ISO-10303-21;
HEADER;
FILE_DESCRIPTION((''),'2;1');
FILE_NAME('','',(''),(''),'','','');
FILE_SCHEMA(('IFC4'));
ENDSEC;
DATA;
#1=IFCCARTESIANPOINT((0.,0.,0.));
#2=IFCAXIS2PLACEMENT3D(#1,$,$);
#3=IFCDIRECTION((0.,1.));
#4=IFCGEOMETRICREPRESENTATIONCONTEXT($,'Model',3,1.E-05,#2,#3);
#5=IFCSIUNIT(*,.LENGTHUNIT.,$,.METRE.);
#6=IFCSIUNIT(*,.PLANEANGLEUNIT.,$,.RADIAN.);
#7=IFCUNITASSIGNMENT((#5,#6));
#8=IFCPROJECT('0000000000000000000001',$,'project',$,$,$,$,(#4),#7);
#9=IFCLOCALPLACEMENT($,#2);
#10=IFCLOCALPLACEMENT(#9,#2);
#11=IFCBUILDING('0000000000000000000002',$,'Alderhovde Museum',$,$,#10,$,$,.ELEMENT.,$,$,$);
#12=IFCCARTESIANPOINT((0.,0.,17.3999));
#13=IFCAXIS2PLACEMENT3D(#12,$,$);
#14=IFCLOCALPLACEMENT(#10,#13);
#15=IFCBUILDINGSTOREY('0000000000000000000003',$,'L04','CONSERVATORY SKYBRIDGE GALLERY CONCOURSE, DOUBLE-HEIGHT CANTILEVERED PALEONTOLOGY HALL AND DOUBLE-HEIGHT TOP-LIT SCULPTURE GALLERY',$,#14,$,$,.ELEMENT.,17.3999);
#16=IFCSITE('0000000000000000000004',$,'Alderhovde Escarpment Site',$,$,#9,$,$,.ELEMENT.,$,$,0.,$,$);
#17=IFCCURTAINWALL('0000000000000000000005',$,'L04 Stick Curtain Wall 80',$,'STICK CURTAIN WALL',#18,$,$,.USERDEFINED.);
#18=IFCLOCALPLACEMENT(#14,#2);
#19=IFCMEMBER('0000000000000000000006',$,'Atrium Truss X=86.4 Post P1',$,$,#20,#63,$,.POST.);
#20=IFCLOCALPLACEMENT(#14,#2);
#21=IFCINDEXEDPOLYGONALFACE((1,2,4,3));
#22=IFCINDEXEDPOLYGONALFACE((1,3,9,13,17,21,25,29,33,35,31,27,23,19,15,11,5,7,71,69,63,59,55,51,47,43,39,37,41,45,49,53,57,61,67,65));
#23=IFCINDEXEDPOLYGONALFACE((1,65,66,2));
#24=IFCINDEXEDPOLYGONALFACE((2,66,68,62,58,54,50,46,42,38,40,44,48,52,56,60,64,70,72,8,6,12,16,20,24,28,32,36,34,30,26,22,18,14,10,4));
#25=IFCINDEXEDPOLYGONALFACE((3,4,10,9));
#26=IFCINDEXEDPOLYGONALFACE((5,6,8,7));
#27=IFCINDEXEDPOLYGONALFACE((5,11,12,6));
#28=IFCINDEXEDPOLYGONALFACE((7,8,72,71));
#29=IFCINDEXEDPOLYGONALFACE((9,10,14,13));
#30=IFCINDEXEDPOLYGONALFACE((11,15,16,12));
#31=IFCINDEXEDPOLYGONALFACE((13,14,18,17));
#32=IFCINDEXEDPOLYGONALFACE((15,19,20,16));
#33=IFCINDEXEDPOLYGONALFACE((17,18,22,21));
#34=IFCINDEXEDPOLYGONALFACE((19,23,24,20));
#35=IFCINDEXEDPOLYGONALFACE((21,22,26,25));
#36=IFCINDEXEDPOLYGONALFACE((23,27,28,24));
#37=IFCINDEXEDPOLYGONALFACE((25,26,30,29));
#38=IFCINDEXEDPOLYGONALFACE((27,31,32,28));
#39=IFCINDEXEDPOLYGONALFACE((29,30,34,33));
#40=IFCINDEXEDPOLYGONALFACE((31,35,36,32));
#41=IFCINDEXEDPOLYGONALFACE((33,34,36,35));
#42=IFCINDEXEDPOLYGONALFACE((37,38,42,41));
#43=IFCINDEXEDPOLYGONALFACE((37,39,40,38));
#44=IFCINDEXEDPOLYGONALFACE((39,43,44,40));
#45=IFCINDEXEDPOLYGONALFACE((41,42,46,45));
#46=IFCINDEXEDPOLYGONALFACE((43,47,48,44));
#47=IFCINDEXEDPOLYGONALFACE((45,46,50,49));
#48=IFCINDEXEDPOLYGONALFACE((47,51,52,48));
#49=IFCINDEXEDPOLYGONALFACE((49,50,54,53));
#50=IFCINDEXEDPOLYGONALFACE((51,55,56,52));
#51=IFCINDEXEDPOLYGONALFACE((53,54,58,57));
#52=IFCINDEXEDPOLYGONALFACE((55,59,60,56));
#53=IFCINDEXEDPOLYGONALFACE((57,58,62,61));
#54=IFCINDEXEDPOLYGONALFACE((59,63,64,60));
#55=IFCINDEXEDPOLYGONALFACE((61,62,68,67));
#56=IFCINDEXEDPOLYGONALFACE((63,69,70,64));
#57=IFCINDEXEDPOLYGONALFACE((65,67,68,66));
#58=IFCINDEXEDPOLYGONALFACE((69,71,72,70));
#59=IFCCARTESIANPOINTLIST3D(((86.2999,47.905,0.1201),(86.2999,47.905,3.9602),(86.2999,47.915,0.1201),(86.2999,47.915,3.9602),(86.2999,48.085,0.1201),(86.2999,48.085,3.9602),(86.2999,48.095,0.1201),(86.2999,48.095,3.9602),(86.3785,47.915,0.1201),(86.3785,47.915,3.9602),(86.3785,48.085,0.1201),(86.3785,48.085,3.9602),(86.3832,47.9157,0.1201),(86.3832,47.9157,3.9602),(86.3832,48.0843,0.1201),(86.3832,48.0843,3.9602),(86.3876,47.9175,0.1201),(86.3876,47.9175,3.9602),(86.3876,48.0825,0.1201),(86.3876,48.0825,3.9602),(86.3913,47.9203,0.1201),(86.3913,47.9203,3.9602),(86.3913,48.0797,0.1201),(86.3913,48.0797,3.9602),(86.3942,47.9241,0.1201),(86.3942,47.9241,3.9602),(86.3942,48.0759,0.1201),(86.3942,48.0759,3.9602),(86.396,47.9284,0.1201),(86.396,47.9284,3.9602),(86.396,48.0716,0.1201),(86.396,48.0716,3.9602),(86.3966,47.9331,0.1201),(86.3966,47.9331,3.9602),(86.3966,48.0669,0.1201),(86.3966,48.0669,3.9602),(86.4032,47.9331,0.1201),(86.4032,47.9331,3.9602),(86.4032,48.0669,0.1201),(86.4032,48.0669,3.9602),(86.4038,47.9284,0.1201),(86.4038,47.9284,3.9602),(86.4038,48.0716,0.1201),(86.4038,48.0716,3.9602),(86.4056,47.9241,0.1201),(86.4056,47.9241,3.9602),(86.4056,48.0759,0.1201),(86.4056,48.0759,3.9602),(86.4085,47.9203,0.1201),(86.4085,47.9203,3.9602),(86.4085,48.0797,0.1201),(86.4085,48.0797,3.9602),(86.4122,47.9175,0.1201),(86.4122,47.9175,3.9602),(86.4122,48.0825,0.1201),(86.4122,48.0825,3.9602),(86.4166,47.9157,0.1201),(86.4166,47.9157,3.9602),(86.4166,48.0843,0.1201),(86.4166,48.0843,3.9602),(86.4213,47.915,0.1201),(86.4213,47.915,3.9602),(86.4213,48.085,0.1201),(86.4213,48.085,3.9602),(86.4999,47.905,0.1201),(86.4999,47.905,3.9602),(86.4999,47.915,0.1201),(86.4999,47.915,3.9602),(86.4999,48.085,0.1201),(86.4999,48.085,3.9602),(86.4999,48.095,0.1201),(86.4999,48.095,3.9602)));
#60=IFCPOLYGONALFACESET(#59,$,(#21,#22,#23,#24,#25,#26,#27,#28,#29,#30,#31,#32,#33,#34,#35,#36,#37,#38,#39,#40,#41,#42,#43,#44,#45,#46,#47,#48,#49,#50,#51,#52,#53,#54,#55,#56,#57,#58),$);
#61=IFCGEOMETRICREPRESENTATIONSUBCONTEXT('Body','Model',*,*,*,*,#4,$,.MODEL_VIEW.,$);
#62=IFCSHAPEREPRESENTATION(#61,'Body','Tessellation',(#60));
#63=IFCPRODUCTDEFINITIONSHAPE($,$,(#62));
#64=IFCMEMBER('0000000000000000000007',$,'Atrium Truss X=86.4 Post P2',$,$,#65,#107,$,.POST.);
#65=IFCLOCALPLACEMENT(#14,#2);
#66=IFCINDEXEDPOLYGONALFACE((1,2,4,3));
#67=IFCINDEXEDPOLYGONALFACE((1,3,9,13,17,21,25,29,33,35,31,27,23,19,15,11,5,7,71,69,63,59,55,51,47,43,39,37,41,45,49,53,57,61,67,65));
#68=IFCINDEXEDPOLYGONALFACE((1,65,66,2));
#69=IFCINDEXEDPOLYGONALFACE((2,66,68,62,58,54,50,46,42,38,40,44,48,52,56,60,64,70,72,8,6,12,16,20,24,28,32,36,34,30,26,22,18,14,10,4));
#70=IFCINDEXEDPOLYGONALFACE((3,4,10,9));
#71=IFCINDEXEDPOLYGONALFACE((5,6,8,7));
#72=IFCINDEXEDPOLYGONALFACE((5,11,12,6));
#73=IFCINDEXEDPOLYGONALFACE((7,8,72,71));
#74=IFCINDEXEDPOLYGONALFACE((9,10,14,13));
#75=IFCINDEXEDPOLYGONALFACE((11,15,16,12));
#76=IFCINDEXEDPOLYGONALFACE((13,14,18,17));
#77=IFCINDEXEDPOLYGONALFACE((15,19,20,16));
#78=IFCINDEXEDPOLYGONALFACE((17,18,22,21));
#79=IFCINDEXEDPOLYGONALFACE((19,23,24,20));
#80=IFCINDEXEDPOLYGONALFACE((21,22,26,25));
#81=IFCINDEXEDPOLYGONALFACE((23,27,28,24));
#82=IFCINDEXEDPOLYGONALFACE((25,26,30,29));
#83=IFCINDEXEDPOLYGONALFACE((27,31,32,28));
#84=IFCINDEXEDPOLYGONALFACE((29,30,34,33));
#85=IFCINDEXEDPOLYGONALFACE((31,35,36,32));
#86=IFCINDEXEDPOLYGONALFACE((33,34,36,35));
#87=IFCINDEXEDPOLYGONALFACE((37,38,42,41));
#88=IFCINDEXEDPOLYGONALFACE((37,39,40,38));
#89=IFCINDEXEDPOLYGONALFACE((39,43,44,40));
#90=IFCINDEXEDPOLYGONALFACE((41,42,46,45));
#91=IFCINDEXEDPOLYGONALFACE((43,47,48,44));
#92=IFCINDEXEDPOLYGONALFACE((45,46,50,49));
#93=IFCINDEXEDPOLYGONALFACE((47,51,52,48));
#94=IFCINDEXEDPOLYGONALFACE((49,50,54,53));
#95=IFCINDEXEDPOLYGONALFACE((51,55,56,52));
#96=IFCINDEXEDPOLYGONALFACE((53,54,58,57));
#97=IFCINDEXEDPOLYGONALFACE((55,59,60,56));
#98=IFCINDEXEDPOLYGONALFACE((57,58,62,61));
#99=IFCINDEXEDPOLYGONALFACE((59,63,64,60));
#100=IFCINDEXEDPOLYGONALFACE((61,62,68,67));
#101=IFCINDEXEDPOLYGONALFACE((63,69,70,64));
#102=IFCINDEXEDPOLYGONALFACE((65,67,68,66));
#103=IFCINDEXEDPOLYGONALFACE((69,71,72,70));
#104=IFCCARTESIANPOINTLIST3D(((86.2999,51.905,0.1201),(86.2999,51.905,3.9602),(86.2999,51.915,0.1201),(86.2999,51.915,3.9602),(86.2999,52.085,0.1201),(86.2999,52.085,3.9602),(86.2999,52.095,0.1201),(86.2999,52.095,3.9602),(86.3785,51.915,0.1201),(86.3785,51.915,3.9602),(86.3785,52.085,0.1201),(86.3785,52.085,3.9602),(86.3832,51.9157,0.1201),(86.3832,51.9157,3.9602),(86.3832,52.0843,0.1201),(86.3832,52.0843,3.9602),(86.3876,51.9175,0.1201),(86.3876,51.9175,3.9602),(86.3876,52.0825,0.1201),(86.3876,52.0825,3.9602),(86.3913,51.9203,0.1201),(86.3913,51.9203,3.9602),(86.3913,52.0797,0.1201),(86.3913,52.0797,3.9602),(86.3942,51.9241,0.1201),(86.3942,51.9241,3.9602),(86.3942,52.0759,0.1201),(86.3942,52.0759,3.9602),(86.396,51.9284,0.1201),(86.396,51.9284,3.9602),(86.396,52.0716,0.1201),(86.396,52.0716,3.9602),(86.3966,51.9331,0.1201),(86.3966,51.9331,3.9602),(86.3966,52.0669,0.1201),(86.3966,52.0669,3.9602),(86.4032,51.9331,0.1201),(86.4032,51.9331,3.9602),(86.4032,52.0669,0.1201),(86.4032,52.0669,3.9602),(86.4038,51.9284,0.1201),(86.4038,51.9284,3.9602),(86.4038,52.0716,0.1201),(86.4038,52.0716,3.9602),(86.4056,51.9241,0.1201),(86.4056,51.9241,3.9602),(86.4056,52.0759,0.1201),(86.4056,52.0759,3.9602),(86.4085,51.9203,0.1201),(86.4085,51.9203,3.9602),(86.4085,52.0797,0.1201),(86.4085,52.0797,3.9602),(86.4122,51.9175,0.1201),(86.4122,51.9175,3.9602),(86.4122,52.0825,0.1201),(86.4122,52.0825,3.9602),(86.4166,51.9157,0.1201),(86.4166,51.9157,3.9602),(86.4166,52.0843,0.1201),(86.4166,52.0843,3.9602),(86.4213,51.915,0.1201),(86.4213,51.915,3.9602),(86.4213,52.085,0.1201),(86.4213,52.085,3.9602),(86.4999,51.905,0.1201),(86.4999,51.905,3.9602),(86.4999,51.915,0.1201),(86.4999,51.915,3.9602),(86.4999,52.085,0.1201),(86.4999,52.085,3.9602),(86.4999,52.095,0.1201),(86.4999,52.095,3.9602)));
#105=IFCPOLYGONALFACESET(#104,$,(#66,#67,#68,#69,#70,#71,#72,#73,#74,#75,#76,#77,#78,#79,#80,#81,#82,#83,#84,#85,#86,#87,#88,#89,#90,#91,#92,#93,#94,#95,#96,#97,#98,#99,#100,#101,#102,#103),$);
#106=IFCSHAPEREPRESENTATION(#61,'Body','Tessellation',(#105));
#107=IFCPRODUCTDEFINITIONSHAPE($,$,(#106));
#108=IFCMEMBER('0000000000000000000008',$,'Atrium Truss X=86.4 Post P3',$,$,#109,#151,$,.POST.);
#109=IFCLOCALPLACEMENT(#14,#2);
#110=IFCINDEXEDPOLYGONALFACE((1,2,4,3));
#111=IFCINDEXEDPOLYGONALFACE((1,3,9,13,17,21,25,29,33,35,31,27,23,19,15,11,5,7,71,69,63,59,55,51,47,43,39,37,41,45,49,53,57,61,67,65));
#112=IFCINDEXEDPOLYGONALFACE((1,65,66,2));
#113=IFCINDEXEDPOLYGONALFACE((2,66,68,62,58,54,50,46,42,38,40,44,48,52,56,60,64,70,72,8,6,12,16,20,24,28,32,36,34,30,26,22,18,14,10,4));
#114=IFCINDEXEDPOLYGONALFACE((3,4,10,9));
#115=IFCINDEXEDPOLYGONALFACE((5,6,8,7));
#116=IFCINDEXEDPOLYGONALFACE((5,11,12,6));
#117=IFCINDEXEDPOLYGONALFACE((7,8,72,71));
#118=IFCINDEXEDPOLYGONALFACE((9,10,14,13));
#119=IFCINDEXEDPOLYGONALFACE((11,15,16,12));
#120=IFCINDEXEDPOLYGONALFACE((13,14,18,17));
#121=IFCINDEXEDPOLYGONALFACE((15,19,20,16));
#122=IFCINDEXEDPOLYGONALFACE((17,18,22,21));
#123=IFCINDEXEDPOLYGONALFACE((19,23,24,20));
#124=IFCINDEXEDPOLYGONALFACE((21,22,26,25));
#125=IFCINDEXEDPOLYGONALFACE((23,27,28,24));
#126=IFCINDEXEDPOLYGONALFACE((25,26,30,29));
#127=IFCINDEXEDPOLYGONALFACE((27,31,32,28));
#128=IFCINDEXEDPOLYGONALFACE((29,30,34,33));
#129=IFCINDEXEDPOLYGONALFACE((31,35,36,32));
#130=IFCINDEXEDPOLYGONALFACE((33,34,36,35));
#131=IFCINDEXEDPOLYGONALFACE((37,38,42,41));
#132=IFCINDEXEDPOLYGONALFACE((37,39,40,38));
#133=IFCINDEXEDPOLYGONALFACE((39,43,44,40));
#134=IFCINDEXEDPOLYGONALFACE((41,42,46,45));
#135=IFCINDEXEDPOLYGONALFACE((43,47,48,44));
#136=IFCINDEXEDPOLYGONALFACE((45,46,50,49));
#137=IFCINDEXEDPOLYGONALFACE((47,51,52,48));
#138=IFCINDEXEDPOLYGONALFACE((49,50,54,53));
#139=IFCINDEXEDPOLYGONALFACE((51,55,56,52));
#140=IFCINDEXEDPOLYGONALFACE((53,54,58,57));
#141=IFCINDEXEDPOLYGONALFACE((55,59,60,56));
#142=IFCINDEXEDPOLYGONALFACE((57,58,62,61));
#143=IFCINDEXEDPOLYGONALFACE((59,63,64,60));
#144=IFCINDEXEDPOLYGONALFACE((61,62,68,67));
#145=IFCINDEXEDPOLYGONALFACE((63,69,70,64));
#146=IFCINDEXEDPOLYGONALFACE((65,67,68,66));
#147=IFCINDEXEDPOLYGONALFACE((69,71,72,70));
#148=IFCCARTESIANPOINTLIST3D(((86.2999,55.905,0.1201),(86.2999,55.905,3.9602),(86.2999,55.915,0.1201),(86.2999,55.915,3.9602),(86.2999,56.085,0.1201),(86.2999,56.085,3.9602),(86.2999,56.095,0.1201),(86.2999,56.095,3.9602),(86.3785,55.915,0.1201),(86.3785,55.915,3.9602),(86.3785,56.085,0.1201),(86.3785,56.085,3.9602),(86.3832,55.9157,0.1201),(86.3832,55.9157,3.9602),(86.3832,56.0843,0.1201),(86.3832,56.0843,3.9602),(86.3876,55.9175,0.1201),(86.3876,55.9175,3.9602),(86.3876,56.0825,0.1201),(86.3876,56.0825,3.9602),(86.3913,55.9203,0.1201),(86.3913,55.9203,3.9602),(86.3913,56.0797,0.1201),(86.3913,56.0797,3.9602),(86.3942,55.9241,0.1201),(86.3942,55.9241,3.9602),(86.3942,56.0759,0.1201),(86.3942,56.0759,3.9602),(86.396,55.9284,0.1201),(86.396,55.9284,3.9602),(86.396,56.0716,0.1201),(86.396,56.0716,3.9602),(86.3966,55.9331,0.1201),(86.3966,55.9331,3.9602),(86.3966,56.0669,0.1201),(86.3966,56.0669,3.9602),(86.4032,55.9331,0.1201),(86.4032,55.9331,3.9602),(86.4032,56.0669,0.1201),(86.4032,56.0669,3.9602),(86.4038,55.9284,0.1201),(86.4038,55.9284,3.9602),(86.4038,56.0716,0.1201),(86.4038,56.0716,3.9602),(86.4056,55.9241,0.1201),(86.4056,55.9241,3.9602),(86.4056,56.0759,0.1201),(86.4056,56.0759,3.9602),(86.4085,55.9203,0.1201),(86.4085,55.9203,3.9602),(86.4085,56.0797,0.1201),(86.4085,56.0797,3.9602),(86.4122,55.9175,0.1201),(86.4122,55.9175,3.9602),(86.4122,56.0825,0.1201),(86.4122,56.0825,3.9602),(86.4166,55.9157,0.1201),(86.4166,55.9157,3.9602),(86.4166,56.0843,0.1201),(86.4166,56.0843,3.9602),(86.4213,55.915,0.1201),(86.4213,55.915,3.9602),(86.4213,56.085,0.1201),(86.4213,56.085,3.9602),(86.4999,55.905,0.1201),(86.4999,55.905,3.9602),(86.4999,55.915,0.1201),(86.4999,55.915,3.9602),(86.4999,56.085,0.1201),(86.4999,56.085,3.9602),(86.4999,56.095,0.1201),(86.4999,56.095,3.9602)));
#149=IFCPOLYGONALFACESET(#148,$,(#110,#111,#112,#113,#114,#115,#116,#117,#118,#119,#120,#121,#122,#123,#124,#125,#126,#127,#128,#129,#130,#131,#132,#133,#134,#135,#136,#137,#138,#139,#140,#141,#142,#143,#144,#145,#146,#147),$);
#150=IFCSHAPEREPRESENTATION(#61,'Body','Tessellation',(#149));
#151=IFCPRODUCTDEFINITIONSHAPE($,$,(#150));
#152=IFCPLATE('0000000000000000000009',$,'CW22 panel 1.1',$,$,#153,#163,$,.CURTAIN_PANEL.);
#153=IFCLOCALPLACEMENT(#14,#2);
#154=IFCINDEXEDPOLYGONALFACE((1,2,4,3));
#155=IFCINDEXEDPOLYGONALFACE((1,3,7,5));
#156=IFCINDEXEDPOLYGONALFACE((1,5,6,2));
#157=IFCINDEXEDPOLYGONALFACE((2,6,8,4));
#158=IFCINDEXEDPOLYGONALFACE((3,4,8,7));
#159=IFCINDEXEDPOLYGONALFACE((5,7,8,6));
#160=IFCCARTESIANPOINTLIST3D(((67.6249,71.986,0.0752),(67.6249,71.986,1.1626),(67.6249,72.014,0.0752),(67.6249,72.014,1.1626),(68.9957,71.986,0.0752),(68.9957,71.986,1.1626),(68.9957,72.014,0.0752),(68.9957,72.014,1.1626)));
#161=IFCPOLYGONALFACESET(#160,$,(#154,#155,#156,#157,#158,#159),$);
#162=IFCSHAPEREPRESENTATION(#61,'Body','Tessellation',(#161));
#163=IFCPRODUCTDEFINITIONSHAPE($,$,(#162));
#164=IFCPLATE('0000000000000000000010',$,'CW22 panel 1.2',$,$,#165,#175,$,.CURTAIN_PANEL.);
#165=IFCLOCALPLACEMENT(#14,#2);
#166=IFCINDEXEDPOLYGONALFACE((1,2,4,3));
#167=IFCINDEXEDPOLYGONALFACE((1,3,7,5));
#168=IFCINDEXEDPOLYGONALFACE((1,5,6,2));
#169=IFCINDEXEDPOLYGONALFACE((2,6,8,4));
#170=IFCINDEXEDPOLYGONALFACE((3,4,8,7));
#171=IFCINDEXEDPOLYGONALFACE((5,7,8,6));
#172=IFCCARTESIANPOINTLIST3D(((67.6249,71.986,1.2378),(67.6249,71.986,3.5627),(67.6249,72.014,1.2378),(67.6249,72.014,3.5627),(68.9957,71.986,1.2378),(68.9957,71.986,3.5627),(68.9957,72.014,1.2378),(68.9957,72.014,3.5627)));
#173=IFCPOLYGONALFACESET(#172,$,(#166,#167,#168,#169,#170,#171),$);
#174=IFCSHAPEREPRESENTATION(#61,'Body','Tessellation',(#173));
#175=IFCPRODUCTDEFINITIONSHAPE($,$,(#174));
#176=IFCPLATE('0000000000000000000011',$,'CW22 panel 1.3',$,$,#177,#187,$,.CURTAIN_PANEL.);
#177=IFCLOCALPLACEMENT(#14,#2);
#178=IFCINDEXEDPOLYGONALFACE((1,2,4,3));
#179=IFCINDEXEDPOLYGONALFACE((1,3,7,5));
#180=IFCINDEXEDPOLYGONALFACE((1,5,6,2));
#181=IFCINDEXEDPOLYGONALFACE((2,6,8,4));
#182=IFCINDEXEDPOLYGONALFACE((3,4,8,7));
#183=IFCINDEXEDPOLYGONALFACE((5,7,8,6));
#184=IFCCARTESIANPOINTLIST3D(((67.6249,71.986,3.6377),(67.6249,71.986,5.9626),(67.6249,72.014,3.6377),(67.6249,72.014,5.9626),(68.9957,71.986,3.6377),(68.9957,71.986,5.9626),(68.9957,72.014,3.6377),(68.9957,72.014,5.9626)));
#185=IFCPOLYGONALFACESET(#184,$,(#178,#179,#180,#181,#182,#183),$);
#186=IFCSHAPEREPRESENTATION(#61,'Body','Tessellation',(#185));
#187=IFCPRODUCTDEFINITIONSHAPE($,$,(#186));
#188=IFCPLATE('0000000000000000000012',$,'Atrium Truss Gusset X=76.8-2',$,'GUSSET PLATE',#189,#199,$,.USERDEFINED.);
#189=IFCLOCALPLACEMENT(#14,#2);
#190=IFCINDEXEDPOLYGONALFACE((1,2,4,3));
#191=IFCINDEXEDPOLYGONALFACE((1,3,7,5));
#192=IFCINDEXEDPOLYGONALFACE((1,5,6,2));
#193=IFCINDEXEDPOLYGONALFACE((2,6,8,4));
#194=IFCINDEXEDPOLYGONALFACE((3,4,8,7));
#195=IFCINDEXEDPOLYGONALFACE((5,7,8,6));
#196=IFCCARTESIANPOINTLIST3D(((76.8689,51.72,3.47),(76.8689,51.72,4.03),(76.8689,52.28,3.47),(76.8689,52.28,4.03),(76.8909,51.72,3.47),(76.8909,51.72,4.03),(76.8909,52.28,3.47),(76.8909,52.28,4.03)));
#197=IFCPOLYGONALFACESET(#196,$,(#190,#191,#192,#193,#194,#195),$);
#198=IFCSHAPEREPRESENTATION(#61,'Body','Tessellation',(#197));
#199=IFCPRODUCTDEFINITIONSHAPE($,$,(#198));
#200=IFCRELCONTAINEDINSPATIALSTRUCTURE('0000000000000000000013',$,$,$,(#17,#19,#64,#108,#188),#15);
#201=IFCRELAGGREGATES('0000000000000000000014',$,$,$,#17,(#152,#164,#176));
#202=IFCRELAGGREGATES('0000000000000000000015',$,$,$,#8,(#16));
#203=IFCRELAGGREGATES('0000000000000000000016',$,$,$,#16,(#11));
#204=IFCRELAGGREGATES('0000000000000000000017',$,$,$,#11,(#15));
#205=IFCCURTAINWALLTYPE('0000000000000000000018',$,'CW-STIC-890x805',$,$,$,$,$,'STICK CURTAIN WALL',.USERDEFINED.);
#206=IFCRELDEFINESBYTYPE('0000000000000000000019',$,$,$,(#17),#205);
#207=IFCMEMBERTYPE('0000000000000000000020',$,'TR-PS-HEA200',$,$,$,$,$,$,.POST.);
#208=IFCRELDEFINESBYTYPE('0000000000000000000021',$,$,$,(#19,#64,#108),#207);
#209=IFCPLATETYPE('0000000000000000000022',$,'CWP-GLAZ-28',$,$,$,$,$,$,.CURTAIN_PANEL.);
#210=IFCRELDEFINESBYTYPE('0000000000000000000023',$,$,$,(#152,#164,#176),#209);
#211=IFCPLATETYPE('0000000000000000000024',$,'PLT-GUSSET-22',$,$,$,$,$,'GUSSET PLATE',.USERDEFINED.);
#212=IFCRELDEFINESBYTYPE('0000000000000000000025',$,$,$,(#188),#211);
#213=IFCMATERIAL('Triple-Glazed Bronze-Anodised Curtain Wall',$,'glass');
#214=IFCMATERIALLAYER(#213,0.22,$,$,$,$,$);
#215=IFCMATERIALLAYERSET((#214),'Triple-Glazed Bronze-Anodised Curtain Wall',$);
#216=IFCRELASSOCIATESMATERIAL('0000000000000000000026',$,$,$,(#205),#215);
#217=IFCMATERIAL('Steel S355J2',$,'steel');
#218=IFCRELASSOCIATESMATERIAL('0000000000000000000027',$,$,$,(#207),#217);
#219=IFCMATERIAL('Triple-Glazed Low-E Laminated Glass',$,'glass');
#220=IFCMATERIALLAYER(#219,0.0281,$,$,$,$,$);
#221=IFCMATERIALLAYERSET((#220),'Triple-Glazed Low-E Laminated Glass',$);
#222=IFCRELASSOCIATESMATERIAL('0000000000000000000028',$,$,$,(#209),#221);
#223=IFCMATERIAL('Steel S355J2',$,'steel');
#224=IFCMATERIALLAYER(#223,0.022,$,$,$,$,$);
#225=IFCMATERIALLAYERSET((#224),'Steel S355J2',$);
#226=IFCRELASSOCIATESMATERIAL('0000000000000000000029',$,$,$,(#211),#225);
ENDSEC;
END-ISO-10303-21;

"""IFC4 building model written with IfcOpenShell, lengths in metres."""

from ifc_helpers import new_model, si_unit, direction, frame, origin, origin_2d, place, context, subcontext, project, spatial, rectangle, i_section, extrude, material, layer, layer_set, material_profile, profile_set, type_object, element, aggregate, save


model = new_model("IFC4")

# Units and contexts
model_context = context("Model", 3, precision=1e-05, world=origin(), true_north=direction((0.0, 1.0)))
body_context = subcontext(model_context, "Body", "Model", "MODEL_VIEW")
ifc_project = project(units=[si_unit("LENGTHUNIT", "METRE"), si_unit("PLANEANGLEUNIT", "RADIAN")], contexts=[model_context])

# Site, building, storey
site_placement = place(None, origin())
site = spatial("IfcSite", under=ifc_project, at=site_placement, Name="Alderhovde Escarpment Site", CompositionType="ELEMENT", RefElevation=0.0)
building_placement = place(site_placement, origin())
building = spatial("IfcBuilding", under=site, at=building_placement, Name="Alderhovde Museum", CompositionType="ELEMENT")
storey_placement = place(building_placement, frame((0.0, 0.0, 17.3999)))
storey = spatial("IfcBuildingStorey", under=building, at=storey_placement, Name="L04", Description="CONSERVATORY SKYBRIDGE GALLERY CONCOURSE, DOUBLE-HEIGHT CANTILEVERED PALEONTOLOGY HALL AND DOUBLE-HEIGHT TOP-LIT SCULPTURE GALLERY", CompositionType="ELEMENT", Elevation=17.3999)

# Curtain wall
ifc_material_1 = material(Name="Triple-Glazed Bronze-Anodised Curtain Wall", Category="glass")
ifc_layer_1 = layer(ifc_material_1, 0.22)
ifc_layer_set_1 = layer_set([ifc_layer_1], Name="Triple-Glazed Bronze-Anodised Curtain Wall")
curtain_wall_type = type_object("IfcCurtainWallType", Name="CW-STIC-890x805", ElementType="STICK CURTAIN WALL", PredefinedType="USERDEFINED", material=ifc_layer_set_1)
curtain_wall_placement = place(storey_placement, origin())
curtain_wall = element("IfcCurtainWall", 1, at=curtain_wall_placement, inside=storey, type_object=curtain_wall_type, Name="L04 Stick Curtain Wall 80", ObjectType="STICK CURTAIN WALL", PredefinedType="USERDEFINED")

# Members
ifc_material_2 = material(Name="Steel S355J2", Category="steel")
ifc_material_profile_1 = material_profile(ifc_material_2, i_section(OverallWidth=0.2, OverallDepth=0.1899, WebThickness=0.0066, FlangeThickness=0.01, FilletRadius=0.0181, at=origin_2d()), Name="HEA 200")
ifc_profile_set_1 = profile_set([ifc_material_profile_1], Name="Steel S355J2")
member_type_1 = type_object("IfcMemberType", Name="TR-PS-HEA200", PredefinedType="POST", material=ifc_profile_set_1)
for number, where, z_axis, x_axis, name in (
    (2, (86.3999, 48.0, 0.1201), (0.0, 0.0, 1.0), (1.0, 0.0, 0.0), "Atrium Truss X=86.4 Post P1"),
    (3, (86.3999, 52.0, 0.1201), (0.0, 0.0, 1.0), (1.0, 0.0, 0.0), "Atrium Truss X=86.4 Post P2"),
    (4, (86.3999, 56.0, 0.1201), (0.0, 0.0, 1.0), (1.0, 0.0, 0.0), "Atrium Truss X=86.4 Post P3"),
):
    element("IfcMember", number, at=place(storey_placement, frame(where, z_axis=z_axis, x_axis=x_axis)), inside=storey, type_object=member_type_1, Name=name, PredefinedType="POST", context=body_context, shape_type="SweptSolid", body=[
        extrude(i_section(OverallWidth=0.2, OverallDepth=0.1899, WebThickness=0.0066, FlangeThickness=0.01, FilletRadius=0.0181, at=origin_2d()), origin(), (0.0, 0.0, 1.0), 3.8401),
    ])

# Plates
ifc_material_3 = material(Name="Triple-Glazed Low-E Laminated Glass", Category="glass")
ifc_layer_2 = layer(ifc_material_3, 0.0281)
ifc_layer_set_2 = layer_set([ifc_layer_2], Name="Triple-Glazed Low-E Laminated Glass")
plate_type_1 = type_object("IfcPlateType", Name="CWP-GLAZ-28", PredefinedType="CURTAIN_PANEL", material=ifc_layer_set_2)
plate_1_placement = place(storey_placement, frame((68.3103, 72.0, 0.0752), z_axis=(0.0, 0.0, 1.0), x_axis=(1.0, 0.0, 0.0)))
plate_1 = element("IfcPlate", 5, at=plate_1_placement, type_object=plate_type_1, Name="CW22 panel 1.1", PredefinedType="CURTAIN_PANEL", context=body_context, shape_type="SweptSolid", body=[
    extrude(rectangle(XDim=1.3708, YDim=0.0281, at=origin_2d()), origin(), (0.0, 0.0, 1.0), 1.0874),
])
plate_2_placement = place(storey_placement, frame((68.3103, 72.0, 1.2378), z_axis=(0.0, 0.0, 1.0), x_axis=(1.0, 0.0, 0.0)))
plate_2 = element("IfcPlate", 6, at=plate_2_placement, type_object=plate_type_1, Name="CW22 panel 1.2", PredefinedType="CURTAIN_PANEL", context=body_context, shape_type="SweptSolid", body=[
    extrude(rectangle(XDim=1.3708, YDim=0.0281, at=origin_2d()), origin(), (0.0, 0.0, 1.0), 2.325),
])
plate_3_placement = place(storey_placement, frame((68.3103, 72.0, 3.6377), z_axis=(0.0, 0.0, 1.0), x_axis=(1.0, 0.0, 0.0)))
plate_3 = element("IfcPlate", 7, at=plate_3_placement, type_object=plate_type_1, Name="CW22 panel 1.3", PredefinedType="CURTAIN_PANEL", context=body_context, shape_type="SweptSolid", body=[
    extrude(rectangle(XDim=1.3708, YDim=0.0281, at=origin_2d()), origin(), (0.0, 0.0, 1.0), 2.325),
])
aggregate(curtain_wall, [plate_1, plate_2, plate_3])

# Plate
ifc_material_4 = material(Name="Steel S355J2", Category="steel")
ifc_layer_3 = layer(ifc_material_4, 0.022)
ifc_layer_set_3 = layer_set([ifc_layer_3], Name="Steel S355J2")
plate_type_2 = type_object("IfcPlateType", Name="PLT-GUSSET-22", ElementType="GUSSET PLATE", PredefinedType="USERDEFINED", material=ifc_layer_set_3)
for number, where, z_axis, x_axis, name in (
    (8, (76.8799, 52.0, 3.47), (0.0, 0.0, 1.0), (1.0, 0.0, 0.0), "Atrium Truss Gusset X=76.8-2"),
):
    element("IfcPlate", number, at=place(storey_placement, frame(where, z_axis=z_axis, x_axis=x_axis)), inside=storey, type_object=plate_type_2, Name=name, ObjectType="GUSSET PLATE", PredefinedType="USERDEFINED", context=body_context, shape_type="SweptSolid", body=[
        extrude(rectangle(XDim=0.022, YDim=0.5601, at=origin_2d()), origin(), (0.0, 0.0, 1.0), 0.5601),
    ])

save(model, "model.ifc")
